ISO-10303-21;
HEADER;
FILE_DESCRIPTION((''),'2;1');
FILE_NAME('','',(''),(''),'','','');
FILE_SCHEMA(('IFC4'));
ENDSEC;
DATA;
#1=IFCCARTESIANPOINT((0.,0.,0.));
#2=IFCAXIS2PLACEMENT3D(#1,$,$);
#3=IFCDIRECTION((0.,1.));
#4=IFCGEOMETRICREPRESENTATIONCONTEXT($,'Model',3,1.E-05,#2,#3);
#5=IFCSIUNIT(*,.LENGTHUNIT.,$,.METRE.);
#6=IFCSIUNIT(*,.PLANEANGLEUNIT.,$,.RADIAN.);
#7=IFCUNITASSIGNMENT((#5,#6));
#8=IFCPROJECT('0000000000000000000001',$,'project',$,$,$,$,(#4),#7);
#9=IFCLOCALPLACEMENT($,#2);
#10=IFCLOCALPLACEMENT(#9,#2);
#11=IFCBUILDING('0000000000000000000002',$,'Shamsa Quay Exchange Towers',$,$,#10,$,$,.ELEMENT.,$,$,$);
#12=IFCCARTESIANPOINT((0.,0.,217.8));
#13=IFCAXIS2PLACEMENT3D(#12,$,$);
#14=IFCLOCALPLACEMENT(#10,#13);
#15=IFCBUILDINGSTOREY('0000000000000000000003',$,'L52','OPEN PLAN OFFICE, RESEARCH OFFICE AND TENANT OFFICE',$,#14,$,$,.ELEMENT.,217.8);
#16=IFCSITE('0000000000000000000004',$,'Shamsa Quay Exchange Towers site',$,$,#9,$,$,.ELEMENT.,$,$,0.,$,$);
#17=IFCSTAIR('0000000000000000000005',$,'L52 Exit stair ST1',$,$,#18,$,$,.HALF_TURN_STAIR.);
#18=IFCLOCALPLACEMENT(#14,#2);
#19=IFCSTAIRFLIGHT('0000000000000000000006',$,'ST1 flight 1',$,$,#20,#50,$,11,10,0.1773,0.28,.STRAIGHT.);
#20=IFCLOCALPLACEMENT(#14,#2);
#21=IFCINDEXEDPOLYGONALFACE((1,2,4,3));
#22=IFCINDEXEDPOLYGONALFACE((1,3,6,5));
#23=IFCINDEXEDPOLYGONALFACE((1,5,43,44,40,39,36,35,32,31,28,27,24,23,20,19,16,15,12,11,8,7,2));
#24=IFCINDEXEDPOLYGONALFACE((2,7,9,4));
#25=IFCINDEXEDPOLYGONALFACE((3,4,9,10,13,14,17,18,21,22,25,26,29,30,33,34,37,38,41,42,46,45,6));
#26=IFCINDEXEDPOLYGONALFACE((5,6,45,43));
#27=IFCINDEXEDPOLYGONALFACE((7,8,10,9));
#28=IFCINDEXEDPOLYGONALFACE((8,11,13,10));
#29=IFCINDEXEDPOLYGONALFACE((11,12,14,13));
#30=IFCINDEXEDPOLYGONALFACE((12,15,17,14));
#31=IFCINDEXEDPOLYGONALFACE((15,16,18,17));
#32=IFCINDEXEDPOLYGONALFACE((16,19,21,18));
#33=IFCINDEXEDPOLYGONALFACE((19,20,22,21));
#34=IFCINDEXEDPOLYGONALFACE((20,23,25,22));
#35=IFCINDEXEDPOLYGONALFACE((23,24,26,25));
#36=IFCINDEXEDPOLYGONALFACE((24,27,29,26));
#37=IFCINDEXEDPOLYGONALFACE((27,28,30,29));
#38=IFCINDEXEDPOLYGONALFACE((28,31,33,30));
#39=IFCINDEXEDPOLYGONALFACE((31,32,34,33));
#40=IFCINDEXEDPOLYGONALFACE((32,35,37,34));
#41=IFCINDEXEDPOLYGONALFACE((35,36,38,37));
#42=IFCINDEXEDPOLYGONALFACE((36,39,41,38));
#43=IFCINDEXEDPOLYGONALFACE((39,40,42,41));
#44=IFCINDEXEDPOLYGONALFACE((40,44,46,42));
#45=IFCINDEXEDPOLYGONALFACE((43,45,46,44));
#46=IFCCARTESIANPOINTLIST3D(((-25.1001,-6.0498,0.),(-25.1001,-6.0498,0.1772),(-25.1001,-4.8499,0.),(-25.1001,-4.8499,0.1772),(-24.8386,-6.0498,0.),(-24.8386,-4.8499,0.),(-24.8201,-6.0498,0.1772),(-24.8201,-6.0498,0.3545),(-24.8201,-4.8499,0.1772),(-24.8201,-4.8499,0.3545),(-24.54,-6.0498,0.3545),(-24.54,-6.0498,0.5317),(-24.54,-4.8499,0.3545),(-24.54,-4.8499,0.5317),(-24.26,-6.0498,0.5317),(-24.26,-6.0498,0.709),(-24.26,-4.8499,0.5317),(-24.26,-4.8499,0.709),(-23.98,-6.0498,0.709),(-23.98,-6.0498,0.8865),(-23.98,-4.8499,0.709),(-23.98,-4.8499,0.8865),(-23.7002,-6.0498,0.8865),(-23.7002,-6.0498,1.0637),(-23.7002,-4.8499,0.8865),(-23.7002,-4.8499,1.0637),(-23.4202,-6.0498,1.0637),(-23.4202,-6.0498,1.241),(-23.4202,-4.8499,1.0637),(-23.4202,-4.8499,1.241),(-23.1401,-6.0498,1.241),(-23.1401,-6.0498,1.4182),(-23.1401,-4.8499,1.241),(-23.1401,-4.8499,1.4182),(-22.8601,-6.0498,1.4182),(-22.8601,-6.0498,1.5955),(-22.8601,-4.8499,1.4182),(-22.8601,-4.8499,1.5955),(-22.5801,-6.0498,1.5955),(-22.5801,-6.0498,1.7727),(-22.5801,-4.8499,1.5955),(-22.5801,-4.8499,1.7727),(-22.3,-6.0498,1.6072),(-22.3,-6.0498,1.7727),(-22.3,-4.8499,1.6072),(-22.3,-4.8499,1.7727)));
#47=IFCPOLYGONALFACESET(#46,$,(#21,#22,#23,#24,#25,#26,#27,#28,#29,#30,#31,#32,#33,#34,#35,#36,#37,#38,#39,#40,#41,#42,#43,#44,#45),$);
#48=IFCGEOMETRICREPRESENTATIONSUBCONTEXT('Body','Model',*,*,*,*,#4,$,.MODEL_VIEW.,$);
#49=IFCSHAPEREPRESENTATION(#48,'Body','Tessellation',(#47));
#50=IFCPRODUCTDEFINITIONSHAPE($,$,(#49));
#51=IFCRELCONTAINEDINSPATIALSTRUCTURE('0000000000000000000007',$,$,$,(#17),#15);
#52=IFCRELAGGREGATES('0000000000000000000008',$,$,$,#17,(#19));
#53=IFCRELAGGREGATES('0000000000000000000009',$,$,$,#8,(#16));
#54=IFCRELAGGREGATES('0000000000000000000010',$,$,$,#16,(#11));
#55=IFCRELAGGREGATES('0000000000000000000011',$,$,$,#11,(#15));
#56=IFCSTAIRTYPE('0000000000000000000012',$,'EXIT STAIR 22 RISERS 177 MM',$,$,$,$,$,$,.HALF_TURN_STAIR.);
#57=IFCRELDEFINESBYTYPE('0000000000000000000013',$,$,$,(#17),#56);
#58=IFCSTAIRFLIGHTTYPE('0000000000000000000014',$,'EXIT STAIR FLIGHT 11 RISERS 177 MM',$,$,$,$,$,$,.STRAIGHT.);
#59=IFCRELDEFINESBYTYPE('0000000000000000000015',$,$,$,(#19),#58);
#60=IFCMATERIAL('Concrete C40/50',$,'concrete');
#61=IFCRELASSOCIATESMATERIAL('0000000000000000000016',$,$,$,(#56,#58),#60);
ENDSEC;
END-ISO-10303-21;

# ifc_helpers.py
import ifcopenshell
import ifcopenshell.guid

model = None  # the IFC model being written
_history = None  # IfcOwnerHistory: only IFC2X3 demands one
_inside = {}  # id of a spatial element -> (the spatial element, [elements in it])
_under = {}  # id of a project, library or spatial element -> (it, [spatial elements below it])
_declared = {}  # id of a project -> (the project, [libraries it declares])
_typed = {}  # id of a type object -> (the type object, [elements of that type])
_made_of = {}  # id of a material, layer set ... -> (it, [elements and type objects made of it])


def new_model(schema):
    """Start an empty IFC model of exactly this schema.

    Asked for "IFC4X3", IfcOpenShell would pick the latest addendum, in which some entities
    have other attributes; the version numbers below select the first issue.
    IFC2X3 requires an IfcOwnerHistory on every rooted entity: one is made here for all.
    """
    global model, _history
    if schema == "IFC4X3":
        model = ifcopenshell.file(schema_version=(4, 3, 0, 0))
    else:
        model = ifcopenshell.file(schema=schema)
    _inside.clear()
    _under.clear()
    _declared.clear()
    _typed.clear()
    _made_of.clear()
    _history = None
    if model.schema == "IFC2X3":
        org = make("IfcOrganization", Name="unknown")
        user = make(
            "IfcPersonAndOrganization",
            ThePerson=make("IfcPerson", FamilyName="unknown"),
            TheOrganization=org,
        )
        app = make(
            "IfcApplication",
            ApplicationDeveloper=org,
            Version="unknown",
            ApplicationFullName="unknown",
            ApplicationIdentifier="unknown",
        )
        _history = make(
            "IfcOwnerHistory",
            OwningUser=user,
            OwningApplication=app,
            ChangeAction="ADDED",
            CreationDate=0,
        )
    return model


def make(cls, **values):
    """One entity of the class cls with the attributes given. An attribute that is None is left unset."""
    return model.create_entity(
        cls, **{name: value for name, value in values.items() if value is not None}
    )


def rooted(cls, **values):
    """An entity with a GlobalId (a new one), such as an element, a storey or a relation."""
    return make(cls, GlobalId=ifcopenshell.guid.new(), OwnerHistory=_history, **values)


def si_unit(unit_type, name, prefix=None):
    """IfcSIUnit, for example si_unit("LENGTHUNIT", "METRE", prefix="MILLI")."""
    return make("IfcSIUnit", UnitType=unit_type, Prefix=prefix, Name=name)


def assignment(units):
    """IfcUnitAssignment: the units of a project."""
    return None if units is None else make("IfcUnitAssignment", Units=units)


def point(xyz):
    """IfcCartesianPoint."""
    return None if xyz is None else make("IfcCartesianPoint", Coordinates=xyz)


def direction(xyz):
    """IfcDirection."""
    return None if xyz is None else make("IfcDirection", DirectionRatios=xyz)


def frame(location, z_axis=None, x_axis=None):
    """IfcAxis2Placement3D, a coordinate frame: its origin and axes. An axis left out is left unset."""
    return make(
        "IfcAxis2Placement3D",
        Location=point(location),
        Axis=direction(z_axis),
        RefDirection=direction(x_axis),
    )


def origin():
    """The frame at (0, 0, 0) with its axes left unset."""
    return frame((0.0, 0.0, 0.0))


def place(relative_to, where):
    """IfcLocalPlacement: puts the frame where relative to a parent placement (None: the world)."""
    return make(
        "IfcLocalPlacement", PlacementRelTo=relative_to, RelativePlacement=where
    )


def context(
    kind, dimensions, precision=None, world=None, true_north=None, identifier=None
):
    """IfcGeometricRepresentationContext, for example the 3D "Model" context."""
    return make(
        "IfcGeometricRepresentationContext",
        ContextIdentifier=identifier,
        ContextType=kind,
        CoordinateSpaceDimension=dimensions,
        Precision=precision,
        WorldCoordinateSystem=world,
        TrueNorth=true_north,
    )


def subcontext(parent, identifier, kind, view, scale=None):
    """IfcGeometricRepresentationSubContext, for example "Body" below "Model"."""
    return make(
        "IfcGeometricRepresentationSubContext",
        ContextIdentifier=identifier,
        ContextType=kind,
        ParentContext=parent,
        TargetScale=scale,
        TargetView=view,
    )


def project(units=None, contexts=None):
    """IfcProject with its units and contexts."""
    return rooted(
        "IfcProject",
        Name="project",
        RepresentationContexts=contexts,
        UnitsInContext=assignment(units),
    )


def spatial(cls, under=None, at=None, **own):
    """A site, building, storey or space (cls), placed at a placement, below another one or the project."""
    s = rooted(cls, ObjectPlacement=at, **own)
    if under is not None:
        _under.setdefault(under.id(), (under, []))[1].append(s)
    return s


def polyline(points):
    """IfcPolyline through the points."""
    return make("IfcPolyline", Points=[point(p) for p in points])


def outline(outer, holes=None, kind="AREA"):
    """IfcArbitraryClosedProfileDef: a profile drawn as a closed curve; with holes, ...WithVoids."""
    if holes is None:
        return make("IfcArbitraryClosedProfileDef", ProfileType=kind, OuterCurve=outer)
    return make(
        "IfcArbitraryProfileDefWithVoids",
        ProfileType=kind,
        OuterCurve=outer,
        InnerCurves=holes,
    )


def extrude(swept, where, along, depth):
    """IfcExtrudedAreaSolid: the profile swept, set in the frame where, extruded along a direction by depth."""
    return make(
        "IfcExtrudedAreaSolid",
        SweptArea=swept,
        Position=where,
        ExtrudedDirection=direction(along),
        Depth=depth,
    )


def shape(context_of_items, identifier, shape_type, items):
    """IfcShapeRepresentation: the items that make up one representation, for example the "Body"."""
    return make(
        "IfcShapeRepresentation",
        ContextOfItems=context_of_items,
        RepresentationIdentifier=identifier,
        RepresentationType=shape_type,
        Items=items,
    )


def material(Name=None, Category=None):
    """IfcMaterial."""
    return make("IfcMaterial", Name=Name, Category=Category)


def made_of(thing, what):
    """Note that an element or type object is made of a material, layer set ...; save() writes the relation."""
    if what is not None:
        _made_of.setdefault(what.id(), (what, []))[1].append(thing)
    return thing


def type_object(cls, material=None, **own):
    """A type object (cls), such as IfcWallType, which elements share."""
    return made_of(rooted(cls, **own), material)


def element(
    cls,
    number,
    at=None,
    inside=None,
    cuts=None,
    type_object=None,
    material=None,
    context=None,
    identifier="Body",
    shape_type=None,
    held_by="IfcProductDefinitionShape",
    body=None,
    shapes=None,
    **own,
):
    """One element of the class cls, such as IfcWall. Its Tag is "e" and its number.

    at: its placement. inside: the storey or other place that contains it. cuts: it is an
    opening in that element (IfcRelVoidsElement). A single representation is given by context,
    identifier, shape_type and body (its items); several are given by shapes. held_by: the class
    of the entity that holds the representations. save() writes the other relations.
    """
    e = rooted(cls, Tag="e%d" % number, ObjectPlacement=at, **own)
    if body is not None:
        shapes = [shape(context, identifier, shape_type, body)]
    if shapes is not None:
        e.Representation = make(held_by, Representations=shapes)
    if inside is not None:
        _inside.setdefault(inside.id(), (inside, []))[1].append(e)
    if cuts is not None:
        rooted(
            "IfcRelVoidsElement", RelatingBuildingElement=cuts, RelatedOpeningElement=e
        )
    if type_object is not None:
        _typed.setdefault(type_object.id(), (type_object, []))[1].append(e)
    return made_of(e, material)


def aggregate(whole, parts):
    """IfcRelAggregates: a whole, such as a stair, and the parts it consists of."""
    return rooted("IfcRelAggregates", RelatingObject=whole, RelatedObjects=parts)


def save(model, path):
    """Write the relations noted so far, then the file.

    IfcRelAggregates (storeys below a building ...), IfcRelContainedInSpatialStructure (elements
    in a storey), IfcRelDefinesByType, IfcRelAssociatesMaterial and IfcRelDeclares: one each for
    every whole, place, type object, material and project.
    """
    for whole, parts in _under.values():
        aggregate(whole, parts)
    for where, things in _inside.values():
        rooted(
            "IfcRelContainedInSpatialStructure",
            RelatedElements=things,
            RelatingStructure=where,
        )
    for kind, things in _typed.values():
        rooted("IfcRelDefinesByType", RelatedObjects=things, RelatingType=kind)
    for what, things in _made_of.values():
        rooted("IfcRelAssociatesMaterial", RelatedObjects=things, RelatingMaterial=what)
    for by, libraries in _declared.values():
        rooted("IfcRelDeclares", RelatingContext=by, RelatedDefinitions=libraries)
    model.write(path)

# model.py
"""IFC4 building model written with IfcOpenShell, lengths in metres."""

from ifc_helpers import new_model, si_unit, direction, frame, origin, place, context, subcontext, project, spatial, polyline, outline, extrude, material, type_object, element, aggregate, save


model = new_model("IFC4")

# Units and contexts
model_context = context("Model", 3, precision=1e-05, world=origin(), true_north=direction((0.0, 1.0)))
body_context = subcontext(model_context, "Body", "Model", "MODEL_VIEW")
ifc_project = project(units=[si_unit("LENGTHUNIT", "METRE"), si_unit("PLANEANGLEUNIT", "RADIAN")], contexts=[model_context])

# Site, building, storey
site_placement = place(None, origin())
site = spatial("IfcSite", under=ifc_project, at=site_placement, Name="Shamsa Quay Exchange Towers site", CompositionType="ELEMENT", RefElevation=0.0)
building_placement = place(site_placement, origin())
building = spatial("IfcBuilding", under=site, at=building_placement, Name="Shamsa Quay Exchange Towers", CompositionType="ELEMENT")
storey_placement = place(building_placement, frame((0.0, 0.0, 217.8)))
storey = spatial("IfcBuildingStorey", under=building, at=storey_placement, Name="L52", Description="OPEN PLAN OFFICE, RESEARCH OFFICE AND TENANT OFFICE", CompositionType="ELEMENT", Elevation=217.8)

# Stair, stair flight
ifc_material_1 = material(Name="Concrete C40/50", Category="concrete")
stair_type = type_object("IfcStairType", Name="EXIT STAIR 22 RISERS 177 MM", PredefinedType="HALF_TURN_STAIR", material=ifc_material_1)
stair_placement = place(storey_placement, origin())
stair = element("IfcStair", 1, at=stair_placement, inside=storey, type_object=stair_type, Name="L52 Exit stair ST1", PredefinedType="HALF_TURN_STAIR")
stair_flight_type = type_object("IfcStairFlightType", Name="EXIT STAIR FLIGHT 11 RISERS 177 MM", PredefinedType="STRAIGHT", material=ifc_material_1)
stair_flight_placement = place(storey_placement, frame((-25.1001, -5.45, 0.0)))
stair_flight = element("IfcStairFlight", 2, at=stair_flight_placement, type_object=stair_flight_type, Name="ST1 flight 1", NumberOfRisers=11, NumberOfTreads=10, PredefinedType="STRAIGHT", RiserHeight=0.1773, TreadLength=0.28, context=body_context, shape_type="SweptSolid", body=[
    extrude(outline(polyline([(0.0, 0.0), (0.0, 0.1772), (0.28, 0.1772), (0.28, 0.3545), (0.5601, 0.3545), (0.5601, 0.5317), (0.8401, 0.5317), (0.8401, 0.709), (1.1201, 0.709), (1.1201, 0.8865), (1.3999, 0.8865), (1.3999, 1.0637), (1.6799, 1.0637), (1.6799, 1.241), (1.96, 1.241), (1.96, 1.4182), (2.24, 1.4182), (2.24, 1.5955), (2.52, 1.5955), (2.52, 1.7727), (2.8, 1.7727), (2.8, 1.95), (2.8, 1.6072), (0.2615, 0.0), (0.0, 0.0)])), frame((0.0, 0.6001, 0.0), z_axis=(0.0, -1.0, 0.0), x_axis=(1.0, 0.0, 0.0)), (0.0, 0.0, 1.0), 1.2),
])
aggregate(stair, [stair_flight])

save(model, "model.ifc")
